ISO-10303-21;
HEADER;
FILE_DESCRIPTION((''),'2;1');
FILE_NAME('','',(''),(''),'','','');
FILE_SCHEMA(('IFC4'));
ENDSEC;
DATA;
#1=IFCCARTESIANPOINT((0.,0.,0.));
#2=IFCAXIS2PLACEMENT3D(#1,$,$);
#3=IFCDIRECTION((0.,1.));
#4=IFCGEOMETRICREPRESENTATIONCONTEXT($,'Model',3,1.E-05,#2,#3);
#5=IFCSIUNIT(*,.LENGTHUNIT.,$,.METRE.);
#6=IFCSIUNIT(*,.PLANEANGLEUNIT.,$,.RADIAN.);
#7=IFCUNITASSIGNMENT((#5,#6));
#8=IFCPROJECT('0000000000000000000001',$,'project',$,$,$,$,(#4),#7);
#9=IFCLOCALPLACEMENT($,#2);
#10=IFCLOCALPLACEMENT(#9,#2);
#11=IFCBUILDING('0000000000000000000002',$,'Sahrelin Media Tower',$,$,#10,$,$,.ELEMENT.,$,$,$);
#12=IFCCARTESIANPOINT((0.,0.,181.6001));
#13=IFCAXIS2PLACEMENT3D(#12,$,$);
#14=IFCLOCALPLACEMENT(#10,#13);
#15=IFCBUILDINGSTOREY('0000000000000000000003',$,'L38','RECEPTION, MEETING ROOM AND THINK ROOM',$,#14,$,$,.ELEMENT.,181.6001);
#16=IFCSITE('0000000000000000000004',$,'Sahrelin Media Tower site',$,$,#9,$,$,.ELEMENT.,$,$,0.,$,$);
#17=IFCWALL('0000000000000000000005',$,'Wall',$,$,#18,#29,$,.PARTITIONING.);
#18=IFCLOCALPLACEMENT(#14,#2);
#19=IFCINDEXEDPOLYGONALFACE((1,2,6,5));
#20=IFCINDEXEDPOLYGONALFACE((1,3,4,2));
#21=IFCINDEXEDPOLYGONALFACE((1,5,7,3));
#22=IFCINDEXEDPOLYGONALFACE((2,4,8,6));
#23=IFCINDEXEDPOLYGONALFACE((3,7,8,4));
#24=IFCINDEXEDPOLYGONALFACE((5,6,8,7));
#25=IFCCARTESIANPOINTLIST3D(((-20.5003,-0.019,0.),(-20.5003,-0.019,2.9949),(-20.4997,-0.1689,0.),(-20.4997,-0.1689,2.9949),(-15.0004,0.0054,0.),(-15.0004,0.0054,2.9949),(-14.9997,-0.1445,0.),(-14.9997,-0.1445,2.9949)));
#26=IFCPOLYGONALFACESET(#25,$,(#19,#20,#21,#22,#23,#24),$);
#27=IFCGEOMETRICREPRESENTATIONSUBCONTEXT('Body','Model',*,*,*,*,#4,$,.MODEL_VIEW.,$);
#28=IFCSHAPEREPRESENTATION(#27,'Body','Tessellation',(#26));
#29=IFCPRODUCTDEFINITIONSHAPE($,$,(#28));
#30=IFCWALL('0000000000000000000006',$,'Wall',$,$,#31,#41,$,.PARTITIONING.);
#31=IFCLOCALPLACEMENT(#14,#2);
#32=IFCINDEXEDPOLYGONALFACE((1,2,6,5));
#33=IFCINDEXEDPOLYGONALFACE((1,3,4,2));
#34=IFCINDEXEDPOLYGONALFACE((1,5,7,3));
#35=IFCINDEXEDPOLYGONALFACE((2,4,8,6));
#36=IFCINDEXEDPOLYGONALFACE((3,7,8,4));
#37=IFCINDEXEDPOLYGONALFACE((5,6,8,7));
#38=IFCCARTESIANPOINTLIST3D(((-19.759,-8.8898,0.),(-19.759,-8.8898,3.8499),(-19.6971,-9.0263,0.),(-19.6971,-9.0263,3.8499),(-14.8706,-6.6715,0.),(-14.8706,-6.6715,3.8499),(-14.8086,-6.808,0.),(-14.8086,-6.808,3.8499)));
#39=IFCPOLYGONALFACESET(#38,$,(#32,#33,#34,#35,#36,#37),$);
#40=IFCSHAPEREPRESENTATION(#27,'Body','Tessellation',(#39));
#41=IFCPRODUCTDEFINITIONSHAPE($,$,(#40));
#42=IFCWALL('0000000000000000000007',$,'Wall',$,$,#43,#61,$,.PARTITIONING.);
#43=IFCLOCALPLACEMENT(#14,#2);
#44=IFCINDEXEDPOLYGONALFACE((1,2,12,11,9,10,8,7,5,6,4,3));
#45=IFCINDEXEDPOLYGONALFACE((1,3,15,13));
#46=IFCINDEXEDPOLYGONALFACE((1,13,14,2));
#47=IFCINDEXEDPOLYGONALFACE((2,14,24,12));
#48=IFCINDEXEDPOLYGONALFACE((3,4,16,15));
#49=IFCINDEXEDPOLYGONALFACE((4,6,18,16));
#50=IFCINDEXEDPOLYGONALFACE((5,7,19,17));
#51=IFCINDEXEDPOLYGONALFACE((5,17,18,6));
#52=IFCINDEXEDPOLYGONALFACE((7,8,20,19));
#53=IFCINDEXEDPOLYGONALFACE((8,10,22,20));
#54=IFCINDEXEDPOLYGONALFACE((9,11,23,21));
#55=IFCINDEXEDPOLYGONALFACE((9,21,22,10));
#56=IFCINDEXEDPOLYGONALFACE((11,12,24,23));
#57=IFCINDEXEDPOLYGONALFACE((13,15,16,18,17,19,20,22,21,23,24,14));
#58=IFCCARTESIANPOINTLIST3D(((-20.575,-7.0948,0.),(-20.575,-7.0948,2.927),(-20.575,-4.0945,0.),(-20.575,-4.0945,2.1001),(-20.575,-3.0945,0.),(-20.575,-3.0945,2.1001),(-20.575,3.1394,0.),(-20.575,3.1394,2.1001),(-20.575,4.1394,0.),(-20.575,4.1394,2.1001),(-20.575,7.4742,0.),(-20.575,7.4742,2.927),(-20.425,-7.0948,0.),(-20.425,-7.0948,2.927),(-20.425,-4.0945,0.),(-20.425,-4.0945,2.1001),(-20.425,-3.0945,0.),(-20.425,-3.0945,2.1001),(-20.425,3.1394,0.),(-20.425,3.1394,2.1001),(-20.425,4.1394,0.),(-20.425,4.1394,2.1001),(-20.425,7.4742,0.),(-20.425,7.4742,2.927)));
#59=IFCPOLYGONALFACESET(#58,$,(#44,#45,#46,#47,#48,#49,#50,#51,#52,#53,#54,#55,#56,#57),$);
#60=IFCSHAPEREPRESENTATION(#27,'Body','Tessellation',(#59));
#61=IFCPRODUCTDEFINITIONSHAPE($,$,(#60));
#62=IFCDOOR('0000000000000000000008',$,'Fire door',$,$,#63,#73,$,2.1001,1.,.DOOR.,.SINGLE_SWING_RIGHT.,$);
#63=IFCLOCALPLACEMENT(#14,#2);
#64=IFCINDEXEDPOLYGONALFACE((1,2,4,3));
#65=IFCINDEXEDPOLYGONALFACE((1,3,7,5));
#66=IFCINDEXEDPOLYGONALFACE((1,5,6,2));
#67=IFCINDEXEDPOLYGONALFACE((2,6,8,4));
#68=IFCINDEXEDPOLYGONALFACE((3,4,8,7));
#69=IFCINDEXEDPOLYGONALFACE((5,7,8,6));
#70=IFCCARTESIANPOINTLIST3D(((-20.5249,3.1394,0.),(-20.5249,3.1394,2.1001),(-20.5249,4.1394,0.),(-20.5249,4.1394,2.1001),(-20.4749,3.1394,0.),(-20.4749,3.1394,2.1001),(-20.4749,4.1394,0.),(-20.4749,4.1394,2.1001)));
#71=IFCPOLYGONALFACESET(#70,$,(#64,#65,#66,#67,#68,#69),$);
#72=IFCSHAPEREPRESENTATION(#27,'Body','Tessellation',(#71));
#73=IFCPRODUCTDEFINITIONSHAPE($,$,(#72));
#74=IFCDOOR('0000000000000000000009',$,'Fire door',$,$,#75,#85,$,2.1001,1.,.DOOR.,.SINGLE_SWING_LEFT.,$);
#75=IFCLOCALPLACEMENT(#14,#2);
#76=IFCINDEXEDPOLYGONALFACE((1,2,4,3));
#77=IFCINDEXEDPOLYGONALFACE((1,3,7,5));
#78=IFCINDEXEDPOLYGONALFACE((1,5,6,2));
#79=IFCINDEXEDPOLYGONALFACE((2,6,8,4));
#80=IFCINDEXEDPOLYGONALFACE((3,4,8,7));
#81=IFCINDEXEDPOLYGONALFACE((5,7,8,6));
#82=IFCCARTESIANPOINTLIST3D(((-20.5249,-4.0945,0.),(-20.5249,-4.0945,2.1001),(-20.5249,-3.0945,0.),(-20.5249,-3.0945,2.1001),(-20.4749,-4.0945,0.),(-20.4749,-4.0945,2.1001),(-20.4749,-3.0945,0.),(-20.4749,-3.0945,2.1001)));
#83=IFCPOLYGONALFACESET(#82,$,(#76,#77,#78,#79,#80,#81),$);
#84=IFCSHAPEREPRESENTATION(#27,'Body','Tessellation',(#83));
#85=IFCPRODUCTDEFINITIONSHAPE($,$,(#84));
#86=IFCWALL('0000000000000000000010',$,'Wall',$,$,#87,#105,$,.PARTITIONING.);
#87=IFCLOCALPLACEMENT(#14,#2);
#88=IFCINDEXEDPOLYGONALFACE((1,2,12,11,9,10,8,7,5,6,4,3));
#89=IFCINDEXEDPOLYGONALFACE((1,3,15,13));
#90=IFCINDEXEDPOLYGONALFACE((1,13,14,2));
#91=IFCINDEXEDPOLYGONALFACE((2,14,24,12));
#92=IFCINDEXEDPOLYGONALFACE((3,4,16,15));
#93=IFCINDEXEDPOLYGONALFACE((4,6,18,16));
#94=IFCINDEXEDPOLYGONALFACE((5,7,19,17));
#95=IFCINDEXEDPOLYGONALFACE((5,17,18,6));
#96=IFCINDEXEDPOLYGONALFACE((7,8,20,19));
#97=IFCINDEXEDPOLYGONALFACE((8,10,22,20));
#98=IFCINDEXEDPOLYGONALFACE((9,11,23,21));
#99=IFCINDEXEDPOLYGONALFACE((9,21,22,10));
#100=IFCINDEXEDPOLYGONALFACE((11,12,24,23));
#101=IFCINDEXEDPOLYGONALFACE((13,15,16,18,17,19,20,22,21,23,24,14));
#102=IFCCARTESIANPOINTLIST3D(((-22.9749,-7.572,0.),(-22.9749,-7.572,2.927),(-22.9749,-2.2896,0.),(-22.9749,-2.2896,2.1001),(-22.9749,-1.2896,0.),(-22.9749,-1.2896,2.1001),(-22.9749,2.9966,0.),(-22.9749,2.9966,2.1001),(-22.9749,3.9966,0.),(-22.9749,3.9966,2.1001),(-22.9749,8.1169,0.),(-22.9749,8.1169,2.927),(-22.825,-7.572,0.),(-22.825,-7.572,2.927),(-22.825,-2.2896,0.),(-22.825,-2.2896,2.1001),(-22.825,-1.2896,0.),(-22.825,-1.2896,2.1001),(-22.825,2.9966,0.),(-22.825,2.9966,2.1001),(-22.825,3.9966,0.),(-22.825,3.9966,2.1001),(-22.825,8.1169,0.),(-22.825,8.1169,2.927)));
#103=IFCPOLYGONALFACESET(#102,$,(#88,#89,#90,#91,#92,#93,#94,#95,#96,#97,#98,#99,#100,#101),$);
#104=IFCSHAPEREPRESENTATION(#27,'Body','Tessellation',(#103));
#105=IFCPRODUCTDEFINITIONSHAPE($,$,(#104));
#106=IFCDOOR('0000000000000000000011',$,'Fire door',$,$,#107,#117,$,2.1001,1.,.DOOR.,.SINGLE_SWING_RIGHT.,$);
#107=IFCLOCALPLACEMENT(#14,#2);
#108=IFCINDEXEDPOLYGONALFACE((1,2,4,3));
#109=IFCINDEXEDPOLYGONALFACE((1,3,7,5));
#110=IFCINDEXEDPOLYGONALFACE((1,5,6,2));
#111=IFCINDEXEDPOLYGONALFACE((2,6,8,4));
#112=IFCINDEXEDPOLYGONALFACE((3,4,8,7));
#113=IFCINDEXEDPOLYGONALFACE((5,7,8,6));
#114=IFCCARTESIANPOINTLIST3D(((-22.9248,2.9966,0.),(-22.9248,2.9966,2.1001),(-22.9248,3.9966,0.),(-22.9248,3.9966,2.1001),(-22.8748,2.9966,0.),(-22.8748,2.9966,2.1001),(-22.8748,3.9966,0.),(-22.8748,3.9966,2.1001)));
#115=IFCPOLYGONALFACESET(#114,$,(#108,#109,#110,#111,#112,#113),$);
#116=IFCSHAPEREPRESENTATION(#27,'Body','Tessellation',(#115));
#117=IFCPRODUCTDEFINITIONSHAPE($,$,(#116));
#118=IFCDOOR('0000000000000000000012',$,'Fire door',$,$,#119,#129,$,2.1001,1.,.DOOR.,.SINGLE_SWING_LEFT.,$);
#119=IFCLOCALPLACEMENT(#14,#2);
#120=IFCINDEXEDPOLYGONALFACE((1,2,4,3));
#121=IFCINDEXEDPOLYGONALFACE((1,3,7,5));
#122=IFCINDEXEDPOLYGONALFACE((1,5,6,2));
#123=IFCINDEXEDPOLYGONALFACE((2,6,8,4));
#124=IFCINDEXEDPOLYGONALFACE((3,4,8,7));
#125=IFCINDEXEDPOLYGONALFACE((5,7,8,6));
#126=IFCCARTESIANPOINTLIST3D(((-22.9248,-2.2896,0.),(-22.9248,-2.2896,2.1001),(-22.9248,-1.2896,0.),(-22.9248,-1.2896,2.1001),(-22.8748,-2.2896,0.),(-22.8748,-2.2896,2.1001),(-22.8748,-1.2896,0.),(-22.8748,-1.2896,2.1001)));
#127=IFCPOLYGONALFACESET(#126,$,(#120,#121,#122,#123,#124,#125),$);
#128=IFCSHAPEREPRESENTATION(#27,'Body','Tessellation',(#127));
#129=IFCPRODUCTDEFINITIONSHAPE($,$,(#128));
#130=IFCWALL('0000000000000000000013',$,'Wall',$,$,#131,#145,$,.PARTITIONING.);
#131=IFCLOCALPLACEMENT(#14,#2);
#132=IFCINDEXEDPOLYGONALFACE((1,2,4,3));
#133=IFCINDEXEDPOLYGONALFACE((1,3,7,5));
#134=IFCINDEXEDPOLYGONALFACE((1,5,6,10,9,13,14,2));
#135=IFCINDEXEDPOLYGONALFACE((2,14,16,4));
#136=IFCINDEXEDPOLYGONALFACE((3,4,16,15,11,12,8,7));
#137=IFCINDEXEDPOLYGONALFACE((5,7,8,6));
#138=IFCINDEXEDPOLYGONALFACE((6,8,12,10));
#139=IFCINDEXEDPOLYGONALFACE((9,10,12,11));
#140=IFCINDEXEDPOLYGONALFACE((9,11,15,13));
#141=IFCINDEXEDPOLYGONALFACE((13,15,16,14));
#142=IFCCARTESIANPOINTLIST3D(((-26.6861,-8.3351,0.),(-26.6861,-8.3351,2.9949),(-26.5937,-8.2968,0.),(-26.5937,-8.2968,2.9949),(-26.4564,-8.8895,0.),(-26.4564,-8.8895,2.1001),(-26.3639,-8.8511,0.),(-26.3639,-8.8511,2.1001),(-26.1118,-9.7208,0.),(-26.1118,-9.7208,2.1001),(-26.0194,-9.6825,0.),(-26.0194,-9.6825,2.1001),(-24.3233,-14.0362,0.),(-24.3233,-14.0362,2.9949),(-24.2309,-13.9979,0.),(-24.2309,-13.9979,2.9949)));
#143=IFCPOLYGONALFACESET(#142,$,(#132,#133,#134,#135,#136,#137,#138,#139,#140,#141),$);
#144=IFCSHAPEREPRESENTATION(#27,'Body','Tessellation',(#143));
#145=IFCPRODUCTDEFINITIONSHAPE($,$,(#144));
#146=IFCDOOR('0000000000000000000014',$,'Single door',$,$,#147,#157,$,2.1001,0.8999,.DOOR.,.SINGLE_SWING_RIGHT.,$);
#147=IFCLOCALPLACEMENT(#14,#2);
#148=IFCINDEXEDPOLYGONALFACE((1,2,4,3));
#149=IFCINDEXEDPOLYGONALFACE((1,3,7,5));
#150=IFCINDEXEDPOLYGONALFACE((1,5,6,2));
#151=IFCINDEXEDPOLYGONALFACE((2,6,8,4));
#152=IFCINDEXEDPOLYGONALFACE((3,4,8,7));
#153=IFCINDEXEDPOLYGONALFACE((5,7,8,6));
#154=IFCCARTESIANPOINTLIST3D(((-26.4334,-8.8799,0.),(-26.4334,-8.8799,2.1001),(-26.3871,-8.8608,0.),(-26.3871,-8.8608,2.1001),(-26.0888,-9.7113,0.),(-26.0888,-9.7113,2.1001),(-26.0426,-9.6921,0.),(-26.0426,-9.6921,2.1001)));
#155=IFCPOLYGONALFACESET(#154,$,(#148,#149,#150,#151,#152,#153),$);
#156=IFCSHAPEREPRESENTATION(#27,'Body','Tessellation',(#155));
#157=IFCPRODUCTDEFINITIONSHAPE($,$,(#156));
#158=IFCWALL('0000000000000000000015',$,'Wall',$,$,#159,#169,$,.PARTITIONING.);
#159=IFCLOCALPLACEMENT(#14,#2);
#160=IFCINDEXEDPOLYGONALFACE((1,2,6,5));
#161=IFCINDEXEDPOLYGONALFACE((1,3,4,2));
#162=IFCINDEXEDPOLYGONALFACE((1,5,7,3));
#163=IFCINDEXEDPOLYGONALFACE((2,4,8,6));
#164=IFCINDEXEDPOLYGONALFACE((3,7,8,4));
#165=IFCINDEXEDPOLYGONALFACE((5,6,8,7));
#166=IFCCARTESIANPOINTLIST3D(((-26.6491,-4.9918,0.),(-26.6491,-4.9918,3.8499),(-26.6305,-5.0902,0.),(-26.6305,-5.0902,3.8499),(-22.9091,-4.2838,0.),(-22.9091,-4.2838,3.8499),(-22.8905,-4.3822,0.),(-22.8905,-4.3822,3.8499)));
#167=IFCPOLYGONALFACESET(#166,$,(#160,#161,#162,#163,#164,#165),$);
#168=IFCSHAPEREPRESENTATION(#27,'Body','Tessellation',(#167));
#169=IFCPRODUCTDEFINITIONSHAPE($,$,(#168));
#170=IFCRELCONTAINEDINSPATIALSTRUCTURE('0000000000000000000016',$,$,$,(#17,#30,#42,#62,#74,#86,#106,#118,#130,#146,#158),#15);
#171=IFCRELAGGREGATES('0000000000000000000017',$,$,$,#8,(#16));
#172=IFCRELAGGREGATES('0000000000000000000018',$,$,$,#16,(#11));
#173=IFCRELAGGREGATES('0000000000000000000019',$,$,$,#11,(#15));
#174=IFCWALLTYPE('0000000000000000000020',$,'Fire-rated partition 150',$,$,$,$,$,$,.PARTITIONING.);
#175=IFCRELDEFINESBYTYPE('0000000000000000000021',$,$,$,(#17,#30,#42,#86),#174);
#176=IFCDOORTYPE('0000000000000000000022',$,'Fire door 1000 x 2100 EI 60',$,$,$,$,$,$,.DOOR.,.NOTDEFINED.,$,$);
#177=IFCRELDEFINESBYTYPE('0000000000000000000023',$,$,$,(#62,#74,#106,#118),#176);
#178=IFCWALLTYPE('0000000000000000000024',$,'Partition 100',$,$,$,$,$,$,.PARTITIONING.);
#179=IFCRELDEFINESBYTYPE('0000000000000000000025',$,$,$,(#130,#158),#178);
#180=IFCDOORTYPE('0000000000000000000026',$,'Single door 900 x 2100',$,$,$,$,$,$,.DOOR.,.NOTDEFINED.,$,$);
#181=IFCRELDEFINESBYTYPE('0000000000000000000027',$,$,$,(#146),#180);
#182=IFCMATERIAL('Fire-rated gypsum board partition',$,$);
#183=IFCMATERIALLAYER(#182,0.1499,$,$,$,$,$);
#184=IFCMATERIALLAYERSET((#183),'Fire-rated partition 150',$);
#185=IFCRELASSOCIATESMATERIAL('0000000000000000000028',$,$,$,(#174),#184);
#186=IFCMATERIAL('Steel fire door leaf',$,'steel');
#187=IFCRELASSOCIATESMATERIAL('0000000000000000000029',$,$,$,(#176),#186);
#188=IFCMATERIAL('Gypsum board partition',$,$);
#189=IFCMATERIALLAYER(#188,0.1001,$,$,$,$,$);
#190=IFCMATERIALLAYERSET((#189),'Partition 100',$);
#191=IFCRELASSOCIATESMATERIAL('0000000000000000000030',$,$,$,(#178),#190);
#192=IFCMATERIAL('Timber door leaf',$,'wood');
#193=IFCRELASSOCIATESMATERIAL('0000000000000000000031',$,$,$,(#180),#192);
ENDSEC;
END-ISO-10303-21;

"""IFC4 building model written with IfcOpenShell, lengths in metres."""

from ifc_helpers import new_model, si_unit, direction, frame, frame_2d, origin, place, context, subcontext, project, spatial, rectangle, extrude, material, layer, layer_set, type_object, element, fill, save


model = new_model("IFC4")

# Units and contexts
model_context = context("Model", 3, precision=1e-05, world=origin(), true_north=direction((0.0, 1.0)))
body_context = subcontext(model_context, "Body", "Model", "MODEL_VIEW")
ifc_project = project(units=[si_unit("LENGTHUNIT", "METRE"), si_unit("PLANEANGLEUNIT", "RADIAN")], contexts=[model_context])

# Site, building, storey
site_placement = place(None, origin())
site = spatial("IfcSite", under=ifc_project, at=site_placement, Name="Sahrelin Media Tower site", CompositionType="ELEMENT", RefElevation=0.0)
building_placement = place(site_placement, origin())
building = spatial("IfcBuilding", under=site, at=building_placement, Name="Sahrelin Media Tower", CompositionType="ELEMENT")
storey_placement = place(building_placement, frame((0.0, 0.0, 181.6001)))
storey = spatial("IfcBuildingStorey", under=building, at=storey_placement, Name="L38", Description="RECEPTION, MEETING ROOM AND THINK ROOM", CompositionType="ELEMENT", Elevation=181.6001)

# Shared definitions
ifc_material_1 = material(Name="Fire-rated gypsum board partition")
ifc_layer_1 = layer(ifc_material_1, 0.1499)
ifc_layer_set_1 = layer_set([ifc_layer_1], Name="Fire-rated partition 150")
wall_type_1 = type_object("IfcWallType", Name="Fire-rated partition 150", PredefinedType="PARTITIONING", material=ifc_layer_set_1)
ifc_material_2 = material(Name="Steel fire door leaf", Category="steel")
door_type_1 = type_object("IfcDoorType", Name="Fire door 1000 x 2100 EI 60", OperationType="NOTDEFINED", PredefinedType="DOOR", material=ifc_material_2)

# Walls
wall_1_placement = place(storey_placement, frame((-20.5, -0.094, 0.0), z_axis=(0.0, 0.0, 1.0), x_axis=(0.99999, 0.004439, 0.0)))
element("IfcWall", 1, at=wall_1_placement, inside=storey, type_object=wall_type_1, Name="Wall", PredefinedType="PARTITIONING", context=body_context, shape_type="SweptSolid", body=[
    extrude(rectangle(XDim=5.5, YDim=0.1499, at=frame_2d((2.75, 0.0))), origin(), (0.0, 0.0, 1.0), 2.9949),
])
wall_2_placement = place(storey_placement, frame((-19.728, -8.958, 0.0), z_axis=(0.0, 0.0, 1.0), x_axis=(0.91063, 0.413224, 0.0)))
element("IfcWall", 2, at=wall_2_placement, inside=storey, type_object=wall_type_1, Name="Wall", PredefinedType="PARTITIONING", context=body_context, shape_type="SweptSolid", body=[
    extrude(rectangle(XDim=5.3682, YDim=0.1499, at=frame_2d((2.6841, 0.0))), origin(), (0.0, 0.0, 1.0), 3.8499),
])

# Walls, openings, doors
wall_3_placement = place(storey_placement, frame((-20.5, -7.095, 0.0), z_axis=(0.0, 0.0, 1.0), x_axis=(0.0, 1.0, 0.0)))
wall_3 = element("IfcWall", 3, at=wall_3_placement, inside=storey, type_object=wall_type_1, Name="Wall", PredefinedType="PARTITIONING", context=body_context, shape_type="SweptSolid", body=[
    extrude(rectangle(XDim=14.5691, YDim=0.1499, at=frame_2d((7.2847, 0.0))), origin(), (0.0, 0.0, 1.0), 2.927),
])
opening_1_placement = place(wall_3_placement, frame((10.2344, 0.0, 0.0)))
opening_1 = element("IfcOpeningElement", 4, at=opening_1_placement, cuts=wall_3, PredefinedType="OPENING", context=body_context, shape_type="SweptSolid", body=[
    extrude(rectangle(XDim=1.0, YDim=2.1001, at=frame_2d((0.5, 1.05))), frame((0.0, 0.075, 0.0), z_axis=(0.0, -1.0, 0.0), x_axis=(1.0, 0.0, 0.0)), (0.0, 0.0, 1.0), 0.1499),
])
opening_2_placement = place(wall_3_placement, frame((3.0005, 0.0, 0.0)))
opening_2 = element("IfcOpeningElement", 5, at=opening_2_placement, cuts=wall_3, PredefinedType="OPENING", context=body_context, shape_type="SweptSolid", body=[
    extrude(rectangle(XDim=1.0, YDim=2.1001, at=frame_2d((0.5, 1.05))), frame((0.0, 0.075, 0.0), z_axis=(0.0, -1.0, 0.0), x_axis=(1.0, 0.0, 0.0)), (0.0, 0.0, 1.0), 0.1499),
])
door_1_placement = place(opening_1_placement, origin())
door_1 = element("IfcDoor", 6, at=door_1_placement, inside=storey, type_object=door_type_1, Name="Fire door", OperationType="SINGLE_SWING_RIGHT", OverallHeight=2.1001, OverallWidth=1.0, PredefinedType="DOOR", context=body_context, shape_type="SweptSolid", body=[
    extrude(rectangle(XDim=1.0, YDim=2.1001, at=frame_2d((0.5, 1.05))), frame((0.0, 0.0249, 0.0), z_axis=(0.0, -1.0, 0.0), x_axis=(1.0, 0.0, 0.0)), (0.0, 0.0, 1.0), 0.05),
])
fill(opening_1, door_1)
door_2_placement = place(opening_2_placement, origin())
door_2 = element("IfcDoor", 7, at=door_2_placement, inside=storey, type_object=door_type_1, Name="Fire door", OperationType="SINGLE_SWING_LEFT", OverallHeight=2.1001, OverallWidth=1.0, PredefinedType="DOOR", context=body_context, shape_type="SweptSolid", body=[
    extrude(rectangle(XDim=1.0, YDim=2.1001, at=frame_2d((0.5, 1.05))), frame((0.0, 0.0249, 0.0), z_axis=(0.0, -1.0, 0.0), x_axis=(1.0, 0.0, 0.0)), (0.0, 0.0, 1.0), 0.05),
])
fill(opening_2, door_2)
wall_4_placement = place(storey_placement, frame((-22.8999, -7.572, 0.0), z_axis=(0.0, 0.0, 1.0), x_axis=(0.0, 1.0, 0.0)))
wall_4 = element("IfcWall", 8, at=wall_4_placement, inside=storey, type_object=wall_type_1, Name="Wall", PredefinedType="PARTITIONING", context=body_context, shape_type="SweptSolid", body=[
    extrude(rectangle(XDim=15.689, YDim=0.1499, at=frame_2d((7.8445, 0.0))), origin(), (0.0, 0.0, 1.0), 2.927),
])
opening_3_placement = place(wall_4_placement, frame((10.5686, 0.0, 0.0)))
opening_3 = element("IfcOpeningElement", 9, at=opening_3_placement, cuts=wall_4, PredefinedType="OPENING", context=body_context, shape_type="SweptSolid", body=[
    extrude(rectangle(XDim=1.0, YDim=2.1001, at=frame_2d((0.5, 1.05))), frame((0.0, 0.075, 0.0), z_axis=(0.0, -1.0, 0.0), x_axis=(1.0, 0.0, 0.0)), (0.0, 0.0, 1.0), 0.1499),
])
opening_4_placement = place(wall_4_placement, frame((5.2825, 0.0, 0.0)))
opening_4 = element("IfcOpeningElement", 10, at=opening_4_placement, cuts=wall_4, PredefinedType="OPENING", context=body_context, shape_type="SweptSolid", body=[
    extrude(rectangle(XDim=1.0, YDim=2.1001, at=frame_2d((0.5, 1.05))), frame((0.0, 0.075, 0.0), z_axis=(0.0, -1.0, 0.0), x_axis=(1.0, 0.0, 0.0)), (0.0, 0.0, 1.0), 0.1499),
])
door_3_placement = place(opening_3_placement, origin())
door_3 = element("IfcDoor", 11, at=door_3_placement, inside=storey, type_object=door_type_1, Name="Fire door", OperationType="SINGLE_SWING_RIGHT", OverallHeight=2.1001, OverallWidth=1.0, PredefinedType="DOOR", context=body_context, shape_type="SweptSolid", body=[
    extrude(rectangle(XDim=1.0, YDim=2.1001, at=frame_2d((0.5, 1.05))), frame((0.0, 0.0249, 0.0), z_axis=(0.0, -1.0, 0.0), x_axis=(1.0, 0.0, 0.0)), (0.0, 0.0, 1.0), 0.05),
])
fill(opening_3, door_3)
door_4_placement = place(opening_4_placement, origin())
door_4 = element("IfcDoor", 12, at=door_4_placement, inside=storey, type_object=door_type_1, Name="Fire door", OperationType="SINGLE_SWING_LEFT", OverallHeight=2.1001, OverallWidth=1.0, PredefinedType="DOOR", context=body_context, shape_type="SweptSolid", body=[
    extrude(rectangle(XDim=1.0, YDim=2.1001, at=frame_2d((0.5, 1.05))), frame((0.0, 0.0249, 0.0), z_axis=(0.0, -1.0, 0.0), x_axis=(1.0, 0.0, 0.0)), (0.0, 0.0, 1.0), 0.05),
])
fill(opening_4, door_4)

# Wall, opening, door
ifc_material_3 = material(Name="Gypsum board partition")
ifc_layer_2 = layer(ifc_material_3, 0.1001)
ifc_layer_set_2 = layer_set([ifc_layer_2], Name="Partition 100")
wall_type_2 = type_object("IfcWallType", Name="Partition 100", PredefinedType="PARTITIONING", material=ifc_layer_set_2)
wall_5_placement = place(storey_placement, frame((-26.6399, -8.3159, 0.0), z_axis=(0.0, 0.0, 1.0), x_axis=(0.382862, -0.923806, 0.0)))
wall_5 = element("IfcWall", 13, at=wall_5_placement, inside=storey, type_object=wall_type_2, Name="Wall", PredefinedType="PARTITIONING", context=body_context, shape_type="SweptSolid", body=[
    extrude(rectangle(XDim=6.1714, YDim=0.1001, at=frame_2d((3.0857, 0.0))), origin(), (0.0, 0.0, 1.0), 2.9949),
])
opening_5_placement = place(wall_5_placement, frame((0.6001, 0.0, 0.0)))
opening_5 = element("IfcOpeningElement", 14, at=opening_5_placement, cuts=wall_5, PredefinedType="OPENING", context=body_context, shape_type="SweptSolid", body=[
    extrude(rectangle(XDim=0.8999, YDim=2.1001, at=frame_2d((0.45, 1.05))), frame((0.0, 0.05, 0.0), z_axis=(0.0, -1.0, 0.0), x_axis=(1.0, 0.0, 0.0)), (0.0, 0.0, 1.0), 0.1001),
])
ifc_material_4 = material(Name="Timber door leaf", Category="wood")
door_type_2 = type_object("IfcDoorType", Name="Single door 900 x 2100", OperationType="NOTDEFINED", PredefinedType="DOOR", material=ifc_material_4)
door_5_placement = place(opening_5_placement, origin())
door_5 = element("IfcDoor", 15, at=door_5_placement, inside=storey, type_object=door_type_2, Name="Single door", OperationType="SINGLE_SWING_RIGHT", OverallHeight=2.1001, OverallWidth=0.8999, PredefinedType="DOOR", context=body_context, shape_type="SweptSolid", body=[
    extrude(rectangle(XDim=0.8999, YDim=2.1001, at=frame_2d((0.45, 1.05))), frame((0.0, 0.0249, 0.0), z_axis=(0.0, -1.0, 0.0), x_axis=(1.0, 0.0, 0.0)), (0.0, 0.0, 1.0), 0.05),
])
fill(opening_5, door_5)

# Wall
wall_6_placement = place(storey_placement, frame((-26.6399, -5.041, 0.0), z_axis=(0.0, 0.0, 1.0), x_axis=(0.982549, 0.186004, 0.0)))
element("IfcWall", 16, at=wall_6_placement, inside=storey, type_object=wall_type_2, Name="Wall", PredefinedType="PARTITIONING", context=body_context, shape_type="SweptSolid", body=[
    extrude(rectangle(XDim=3.8064, YDim=0.1001, at=frame_2d((1.9033, 0.0))), origin(), (0.0, 0.0, 1.0), 3.8499),
])

save(model, "model.ifc")
